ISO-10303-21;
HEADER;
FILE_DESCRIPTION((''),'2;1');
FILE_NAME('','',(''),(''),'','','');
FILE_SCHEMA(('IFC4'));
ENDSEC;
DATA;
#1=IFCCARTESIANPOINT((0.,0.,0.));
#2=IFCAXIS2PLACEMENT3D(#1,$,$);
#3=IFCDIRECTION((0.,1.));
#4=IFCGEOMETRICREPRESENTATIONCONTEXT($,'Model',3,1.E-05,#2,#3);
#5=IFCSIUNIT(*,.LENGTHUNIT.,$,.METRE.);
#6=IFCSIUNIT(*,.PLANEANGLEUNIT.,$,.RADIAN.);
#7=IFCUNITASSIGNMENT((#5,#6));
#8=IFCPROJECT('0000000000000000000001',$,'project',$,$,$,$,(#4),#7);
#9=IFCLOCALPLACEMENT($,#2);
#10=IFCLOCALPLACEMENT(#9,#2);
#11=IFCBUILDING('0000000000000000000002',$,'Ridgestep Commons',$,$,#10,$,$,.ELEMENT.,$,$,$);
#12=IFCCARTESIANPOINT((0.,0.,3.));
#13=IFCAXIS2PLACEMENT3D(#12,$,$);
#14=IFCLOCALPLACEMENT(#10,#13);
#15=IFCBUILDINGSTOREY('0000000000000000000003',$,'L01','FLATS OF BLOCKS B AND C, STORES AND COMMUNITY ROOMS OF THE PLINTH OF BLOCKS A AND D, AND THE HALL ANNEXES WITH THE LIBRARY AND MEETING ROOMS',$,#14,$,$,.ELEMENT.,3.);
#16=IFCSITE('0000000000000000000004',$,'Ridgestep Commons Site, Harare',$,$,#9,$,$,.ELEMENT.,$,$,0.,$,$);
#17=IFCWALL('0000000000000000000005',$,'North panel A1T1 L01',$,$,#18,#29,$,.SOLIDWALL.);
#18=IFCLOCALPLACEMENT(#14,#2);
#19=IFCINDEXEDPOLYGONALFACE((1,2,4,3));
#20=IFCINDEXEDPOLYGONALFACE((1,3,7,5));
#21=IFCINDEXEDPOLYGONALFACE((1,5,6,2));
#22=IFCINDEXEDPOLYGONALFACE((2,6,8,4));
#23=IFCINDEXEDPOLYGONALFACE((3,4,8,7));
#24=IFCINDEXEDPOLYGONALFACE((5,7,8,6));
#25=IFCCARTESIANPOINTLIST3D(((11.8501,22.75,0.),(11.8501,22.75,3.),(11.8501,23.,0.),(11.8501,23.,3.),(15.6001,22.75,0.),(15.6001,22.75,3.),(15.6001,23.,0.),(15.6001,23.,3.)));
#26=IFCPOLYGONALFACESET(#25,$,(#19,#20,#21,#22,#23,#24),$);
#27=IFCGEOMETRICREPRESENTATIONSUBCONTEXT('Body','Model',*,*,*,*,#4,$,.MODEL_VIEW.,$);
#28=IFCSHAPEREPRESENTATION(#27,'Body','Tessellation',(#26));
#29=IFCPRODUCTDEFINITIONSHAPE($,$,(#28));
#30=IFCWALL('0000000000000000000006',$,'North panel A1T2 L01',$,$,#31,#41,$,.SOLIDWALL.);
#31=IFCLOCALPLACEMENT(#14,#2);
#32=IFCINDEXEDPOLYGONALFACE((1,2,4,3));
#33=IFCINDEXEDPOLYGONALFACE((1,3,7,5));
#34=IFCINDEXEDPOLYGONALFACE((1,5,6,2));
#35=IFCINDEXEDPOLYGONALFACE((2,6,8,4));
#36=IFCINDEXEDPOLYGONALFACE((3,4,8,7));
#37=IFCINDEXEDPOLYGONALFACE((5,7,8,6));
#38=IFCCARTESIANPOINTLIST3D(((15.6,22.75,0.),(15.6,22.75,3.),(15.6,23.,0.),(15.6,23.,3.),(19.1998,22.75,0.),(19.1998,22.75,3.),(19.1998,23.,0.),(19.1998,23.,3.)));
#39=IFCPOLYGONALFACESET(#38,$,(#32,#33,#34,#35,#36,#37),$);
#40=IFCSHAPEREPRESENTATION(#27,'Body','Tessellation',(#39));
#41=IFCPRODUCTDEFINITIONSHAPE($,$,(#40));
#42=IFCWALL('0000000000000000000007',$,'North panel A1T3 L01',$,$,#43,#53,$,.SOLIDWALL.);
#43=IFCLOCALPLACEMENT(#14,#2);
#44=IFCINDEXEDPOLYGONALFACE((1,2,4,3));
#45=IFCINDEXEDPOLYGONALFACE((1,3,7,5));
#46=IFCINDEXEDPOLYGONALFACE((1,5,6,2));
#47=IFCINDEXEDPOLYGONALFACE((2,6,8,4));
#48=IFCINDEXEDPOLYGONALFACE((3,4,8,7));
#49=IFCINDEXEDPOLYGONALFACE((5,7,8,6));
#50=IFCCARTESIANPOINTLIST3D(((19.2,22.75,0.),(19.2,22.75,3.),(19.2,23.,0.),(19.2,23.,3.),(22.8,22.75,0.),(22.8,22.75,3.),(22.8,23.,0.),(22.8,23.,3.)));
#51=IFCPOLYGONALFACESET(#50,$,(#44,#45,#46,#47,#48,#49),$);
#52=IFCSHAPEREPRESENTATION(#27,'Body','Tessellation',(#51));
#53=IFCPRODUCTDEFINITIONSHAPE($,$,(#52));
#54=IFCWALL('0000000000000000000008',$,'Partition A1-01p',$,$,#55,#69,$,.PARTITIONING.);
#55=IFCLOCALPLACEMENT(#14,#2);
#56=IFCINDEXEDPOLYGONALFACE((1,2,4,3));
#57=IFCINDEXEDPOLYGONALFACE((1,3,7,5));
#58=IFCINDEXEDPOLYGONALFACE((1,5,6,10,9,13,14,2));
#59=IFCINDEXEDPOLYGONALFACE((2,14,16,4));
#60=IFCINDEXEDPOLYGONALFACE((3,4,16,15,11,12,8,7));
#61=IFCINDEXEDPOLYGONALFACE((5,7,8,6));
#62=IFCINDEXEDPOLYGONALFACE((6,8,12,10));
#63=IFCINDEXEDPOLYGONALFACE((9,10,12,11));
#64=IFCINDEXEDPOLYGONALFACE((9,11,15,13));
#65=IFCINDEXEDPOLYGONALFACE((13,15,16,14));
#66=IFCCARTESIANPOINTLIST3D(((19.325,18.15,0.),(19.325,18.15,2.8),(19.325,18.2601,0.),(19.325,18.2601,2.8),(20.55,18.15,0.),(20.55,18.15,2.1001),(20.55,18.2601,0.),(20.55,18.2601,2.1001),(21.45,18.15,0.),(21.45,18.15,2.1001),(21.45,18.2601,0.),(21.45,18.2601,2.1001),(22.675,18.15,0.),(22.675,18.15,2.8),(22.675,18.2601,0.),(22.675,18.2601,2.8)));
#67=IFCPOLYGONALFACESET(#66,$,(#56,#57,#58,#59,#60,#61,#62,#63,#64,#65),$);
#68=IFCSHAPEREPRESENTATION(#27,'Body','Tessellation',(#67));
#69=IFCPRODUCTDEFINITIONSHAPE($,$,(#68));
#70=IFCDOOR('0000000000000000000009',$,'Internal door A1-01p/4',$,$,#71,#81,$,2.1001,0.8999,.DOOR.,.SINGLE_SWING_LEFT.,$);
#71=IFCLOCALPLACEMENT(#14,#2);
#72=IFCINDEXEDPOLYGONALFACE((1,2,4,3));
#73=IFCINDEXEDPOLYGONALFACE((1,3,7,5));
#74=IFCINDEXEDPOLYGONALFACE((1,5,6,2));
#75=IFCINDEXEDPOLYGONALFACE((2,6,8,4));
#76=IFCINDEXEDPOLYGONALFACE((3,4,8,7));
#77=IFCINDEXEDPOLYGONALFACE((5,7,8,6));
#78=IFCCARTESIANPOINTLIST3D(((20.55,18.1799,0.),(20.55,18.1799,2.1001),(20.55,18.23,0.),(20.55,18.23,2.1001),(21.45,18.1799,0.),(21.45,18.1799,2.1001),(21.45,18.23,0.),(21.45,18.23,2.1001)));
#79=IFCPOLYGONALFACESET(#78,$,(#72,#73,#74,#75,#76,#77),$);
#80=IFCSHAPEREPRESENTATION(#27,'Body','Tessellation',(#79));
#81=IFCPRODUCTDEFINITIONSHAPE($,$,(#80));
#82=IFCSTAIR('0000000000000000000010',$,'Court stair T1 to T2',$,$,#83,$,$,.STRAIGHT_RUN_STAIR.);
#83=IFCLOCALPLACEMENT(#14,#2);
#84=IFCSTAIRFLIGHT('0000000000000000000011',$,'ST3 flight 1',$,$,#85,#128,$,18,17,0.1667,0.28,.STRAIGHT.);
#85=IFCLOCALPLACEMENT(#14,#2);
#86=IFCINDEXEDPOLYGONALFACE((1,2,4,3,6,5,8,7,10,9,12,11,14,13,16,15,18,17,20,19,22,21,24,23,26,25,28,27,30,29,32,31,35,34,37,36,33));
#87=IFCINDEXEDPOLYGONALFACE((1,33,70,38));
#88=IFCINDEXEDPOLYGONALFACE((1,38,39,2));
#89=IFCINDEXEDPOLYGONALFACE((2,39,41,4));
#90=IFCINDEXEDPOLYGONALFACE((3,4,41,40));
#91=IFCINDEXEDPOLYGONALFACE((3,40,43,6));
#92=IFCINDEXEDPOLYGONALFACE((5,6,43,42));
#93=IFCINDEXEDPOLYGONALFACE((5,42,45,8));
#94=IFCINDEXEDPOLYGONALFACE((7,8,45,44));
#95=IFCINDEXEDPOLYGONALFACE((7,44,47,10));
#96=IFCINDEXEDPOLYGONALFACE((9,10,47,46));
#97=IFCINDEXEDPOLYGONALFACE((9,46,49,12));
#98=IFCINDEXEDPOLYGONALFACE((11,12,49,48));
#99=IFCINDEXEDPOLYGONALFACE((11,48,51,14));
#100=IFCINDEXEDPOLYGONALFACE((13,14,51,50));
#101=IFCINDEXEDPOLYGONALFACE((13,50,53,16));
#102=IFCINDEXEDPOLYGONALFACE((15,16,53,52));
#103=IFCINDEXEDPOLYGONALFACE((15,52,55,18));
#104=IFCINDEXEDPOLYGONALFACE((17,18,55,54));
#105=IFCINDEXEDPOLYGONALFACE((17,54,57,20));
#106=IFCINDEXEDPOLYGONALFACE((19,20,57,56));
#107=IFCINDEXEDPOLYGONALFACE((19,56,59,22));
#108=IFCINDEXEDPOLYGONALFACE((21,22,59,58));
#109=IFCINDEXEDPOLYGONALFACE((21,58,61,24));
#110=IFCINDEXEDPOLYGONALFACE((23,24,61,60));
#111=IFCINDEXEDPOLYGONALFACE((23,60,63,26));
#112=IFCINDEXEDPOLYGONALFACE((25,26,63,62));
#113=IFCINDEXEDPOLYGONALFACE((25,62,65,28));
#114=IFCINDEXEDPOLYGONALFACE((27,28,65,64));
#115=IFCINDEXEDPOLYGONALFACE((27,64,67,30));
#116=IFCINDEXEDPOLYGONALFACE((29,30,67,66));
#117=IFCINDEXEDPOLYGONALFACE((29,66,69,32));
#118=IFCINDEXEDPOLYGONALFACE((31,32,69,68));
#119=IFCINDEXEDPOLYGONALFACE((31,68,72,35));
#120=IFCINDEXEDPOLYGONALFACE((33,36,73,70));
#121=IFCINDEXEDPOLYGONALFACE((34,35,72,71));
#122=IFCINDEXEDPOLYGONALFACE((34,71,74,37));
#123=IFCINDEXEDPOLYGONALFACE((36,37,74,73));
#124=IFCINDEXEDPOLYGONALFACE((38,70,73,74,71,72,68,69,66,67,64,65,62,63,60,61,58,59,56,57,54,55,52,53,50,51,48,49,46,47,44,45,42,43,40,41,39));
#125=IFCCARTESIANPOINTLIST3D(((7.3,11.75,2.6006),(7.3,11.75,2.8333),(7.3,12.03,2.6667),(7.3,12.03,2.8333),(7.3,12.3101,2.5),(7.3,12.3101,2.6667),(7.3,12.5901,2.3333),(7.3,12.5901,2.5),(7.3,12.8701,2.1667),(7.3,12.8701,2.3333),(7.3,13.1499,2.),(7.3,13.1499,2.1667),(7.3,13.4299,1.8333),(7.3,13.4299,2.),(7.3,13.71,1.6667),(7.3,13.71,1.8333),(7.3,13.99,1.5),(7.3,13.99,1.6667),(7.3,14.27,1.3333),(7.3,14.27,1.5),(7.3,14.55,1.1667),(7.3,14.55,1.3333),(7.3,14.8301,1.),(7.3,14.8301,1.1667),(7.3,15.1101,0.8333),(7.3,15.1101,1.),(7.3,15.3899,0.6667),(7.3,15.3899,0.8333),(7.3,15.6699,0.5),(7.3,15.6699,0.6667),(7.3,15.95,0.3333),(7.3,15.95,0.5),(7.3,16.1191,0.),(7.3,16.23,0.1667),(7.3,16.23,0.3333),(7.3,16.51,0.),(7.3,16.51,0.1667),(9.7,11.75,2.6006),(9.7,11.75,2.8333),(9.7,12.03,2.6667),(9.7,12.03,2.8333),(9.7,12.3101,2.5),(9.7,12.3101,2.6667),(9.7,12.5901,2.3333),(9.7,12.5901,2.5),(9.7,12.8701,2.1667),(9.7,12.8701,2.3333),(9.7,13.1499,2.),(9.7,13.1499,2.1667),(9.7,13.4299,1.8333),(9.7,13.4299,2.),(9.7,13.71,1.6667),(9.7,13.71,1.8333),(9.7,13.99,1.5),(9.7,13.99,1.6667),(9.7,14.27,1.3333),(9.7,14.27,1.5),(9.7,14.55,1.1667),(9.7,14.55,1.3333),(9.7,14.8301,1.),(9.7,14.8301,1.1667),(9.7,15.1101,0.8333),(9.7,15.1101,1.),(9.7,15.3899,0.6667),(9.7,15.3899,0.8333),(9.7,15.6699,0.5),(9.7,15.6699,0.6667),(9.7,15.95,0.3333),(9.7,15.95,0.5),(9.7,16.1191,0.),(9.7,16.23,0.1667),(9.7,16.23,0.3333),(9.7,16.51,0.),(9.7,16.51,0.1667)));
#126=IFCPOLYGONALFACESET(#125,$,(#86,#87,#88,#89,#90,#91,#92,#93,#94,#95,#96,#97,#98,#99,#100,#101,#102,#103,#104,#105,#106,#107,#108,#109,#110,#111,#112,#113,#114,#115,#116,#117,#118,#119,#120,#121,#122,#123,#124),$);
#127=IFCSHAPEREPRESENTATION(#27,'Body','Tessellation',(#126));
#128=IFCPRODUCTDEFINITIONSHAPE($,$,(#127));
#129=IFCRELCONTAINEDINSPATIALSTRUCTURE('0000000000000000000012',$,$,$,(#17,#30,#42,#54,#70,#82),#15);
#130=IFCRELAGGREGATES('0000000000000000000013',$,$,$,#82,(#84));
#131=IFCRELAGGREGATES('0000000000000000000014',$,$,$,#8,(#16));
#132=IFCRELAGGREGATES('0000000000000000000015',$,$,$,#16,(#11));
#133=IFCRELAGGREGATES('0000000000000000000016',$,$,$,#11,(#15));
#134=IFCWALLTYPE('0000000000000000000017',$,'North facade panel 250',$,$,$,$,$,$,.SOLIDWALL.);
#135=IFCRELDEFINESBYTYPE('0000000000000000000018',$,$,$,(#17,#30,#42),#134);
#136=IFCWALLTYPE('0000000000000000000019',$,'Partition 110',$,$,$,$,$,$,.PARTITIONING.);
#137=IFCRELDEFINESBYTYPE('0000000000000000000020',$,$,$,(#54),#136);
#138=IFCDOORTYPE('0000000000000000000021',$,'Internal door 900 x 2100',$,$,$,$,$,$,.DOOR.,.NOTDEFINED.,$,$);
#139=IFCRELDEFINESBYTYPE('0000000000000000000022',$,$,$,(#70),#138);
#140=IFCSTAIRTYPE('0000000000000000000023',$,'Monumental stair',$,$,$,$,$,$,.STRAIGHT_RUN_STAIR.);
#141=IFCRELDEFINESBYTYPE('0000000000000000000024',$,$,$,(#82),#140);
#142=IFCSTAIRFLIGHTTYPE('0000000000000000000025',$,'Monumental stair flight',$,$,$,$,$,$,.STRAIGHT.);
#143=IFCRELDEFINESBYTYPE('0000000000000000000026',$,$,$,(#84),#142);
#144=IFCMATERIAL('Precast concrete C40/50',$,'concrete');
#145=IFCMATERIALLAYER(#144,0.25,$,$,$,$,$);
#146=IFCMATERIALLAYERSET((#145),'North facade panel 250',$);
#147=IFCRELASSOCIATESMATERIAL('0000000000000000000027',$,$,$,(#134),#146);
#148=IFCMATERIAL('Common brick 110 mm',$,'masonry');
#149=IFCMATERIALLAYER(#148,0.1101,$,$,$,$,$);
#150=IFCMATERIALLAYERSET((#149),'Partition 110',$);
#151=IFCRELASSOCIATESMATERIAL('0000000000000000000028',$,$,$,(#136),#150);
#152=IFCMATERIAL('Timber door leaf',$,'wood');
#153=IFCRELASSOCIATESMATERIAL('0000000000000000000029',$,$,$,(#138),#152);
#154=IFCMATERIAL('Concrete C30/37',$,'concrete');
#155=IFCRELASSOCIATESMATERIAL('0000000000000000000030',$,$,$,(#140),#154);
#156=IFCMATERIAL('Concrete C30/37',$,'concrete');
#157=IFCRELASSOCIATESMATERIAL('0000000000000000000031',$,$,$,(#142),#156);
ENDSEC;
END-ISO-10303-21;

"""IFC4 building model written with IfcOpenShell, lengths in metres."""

from ifc_helpers import new_model, si_unit, direction, frame, frame_2d, origin, place, context, subcontext, project, spatial, polyline, rectangle, outline, extrude, material, layer, layer_set, type_object, element, fill, aggregate, save


model = new_model("IFC4")

# Units and contexts
model_context = context("Model", 3, precision=1e-05, world=origin(), true_north=direction((0.0, 1.0)))
body_context = subcontext(model_context, "Body", "Model", "MODEL_VIEW")
ifc_project = project(units=[si_unit("LENGTHUNIT", "METRE"), si_unit("PLANEANGLEUNIT", "RADIAN")], contexts=[model_context])

# Site, building, storey
site_placement = place(None, origin())
site = spatial("IfcSite", under=ifc_project, at=site_placement, Name="Ridgestep Commons Site, Harare", CompositionType="ELEMENT", RefElevation=0.0)
building_placement = place(site_placement, origin())
building = spatial("IfcBuilding", under=site, at=building_placement, Name="Ridgestep Commons", CompositionType="ELEMENT")
storey_placement = place(building_placement, frame((0.0, 0.0, 3.0)))
storey = spatial("IfcBuildingStorey", under=building, at=storey_placement, Name="L01", Description="FLATS OF BLOCKS B AND C, STORES AND COMMUNITY ROOMS OF THE PLINTH OF BLOCKS A AND D, AND THE HALL ANNEXES WITH THE LIBRARY AND MEETING ROOMS", CompositionType="ELEMENT", Elevation=3.0)

# Walls
ifc_material_1 = material(Name="Precast concrete C40/50", Category="concrete")
ifc_layer_1 = layer(ifc_material_1, 0.25)
ifc_layer_set_1 = layer_set([ifc_layer_1], Name="North facade panel 250")
wall_type_1 = type_object("IfcWallType", Name="North facade panel 250", PredefinedType="SOLIDWALL", material=ifc_layer_set_1)
wall_1_placement = place(storey_placement, frame((11.8501, 22.875, 0.0), z_axis=(0.0, 0.0, 1.0), x_axis=(1.0, 0.0, 0.0)))
element("IfcWall", 1, at=wall_1_placement, inside=storey, type_object=wall_type_1, Name="North panel A1T1 L01", PredefinedType="SOLIDWALL", context=body_context, shape_type="SweptSolid", body=[
    extrude(rectangle(XDim=3.75, YDim=0.25, at=frame_2d((1.875, 0.0))), origin(), (0.0, 0.0, 1.0), 3.0),
])
wall_2_placement = place(storey_placement, frame((15.6001, 22.875, 0.0), z_axis=(0.0, 0.0, 1.0), x_axis=(1.0, 0.0, 0.0)))
element("IfcWall", 2, at=wall_2_placement, inside=storey, type_object=wall_type_1, Name="North panel A1T2 L01", PredefinedType="SOLIDWALL", context=body_context, shape_type="SweptSolid", body=[
    extrude(rectangle(XDim=3.5999, YDim=0.25, at=frame_2d((1.7998, 0.0))), origin(), (0.0, 0.0, 1.0), 3.0),
])
wall_3_placement = place(storey_placement, frame((19.2, 22.875, 0.0), z_axis=(0.0, 0.0, 1.0), x_axis=(1.0, 0.0, 0.0)))
element("IfcWall", 3, at=wall_3_placement, inside=storey, type_object=wall_type_1, Name="North panel A1T3 L01", PredefinedType="SOLIDWALL", context=body_context, shape_type="SweptSolid", body=[
    extrude(rectangle(XDim=3.6001, YDim=0.25, at=frame_2d((1.8, 0.0))), origin(), (0.0, 0.0, 1.0), 3.0),
])

# Wall, opening, door
ifc_material_2 = material(Name="Common brick 110 mm", Category="masonry")
ifc_layer_2 = layer(ifc_material_2, 0.1101)
ifc_layer_set_2 = layer_set([ifc_layer_2], Name="Partition 110")
wall_type_2 = type_object("IfcWallType", Name="Partition 110", PredefinedType="PARTITIONING", material=ifc_layer_set_2)
wall_4_placement = place(storey_placement, frame((19.325, 18.2051, 0.0), z_axis=(0.0, 0.0, 1.0), x_axis=(1.0, 0.0, 0.0)))
wall_4 = element("IfcWall", 4, at=wall_4_placement, inside=storey, type_object=wall_type_2, Name="Partition A1-01p", PredefinedType="PARTITIONING", context=body_context, shape_type="SweptSolid", body=[
    extrude(rectangle(XDim=3.3501, YDim=0.1101, at=frame_2d((1.675, 0.0))), origin(), (0.0, 0.0, 1.0), 2.8),
])
opening_1_placement = place(wall_4_placement, frame((1.2251, 0.0, 0.0)))
opening_1 = element("IfcOpeningElement", 5, at=opening_1_placement, cuts=wall_4, PredefinedType="OPENING", context=body_context, shape_type="SweptSolid", body=[
    extrude(rectangle(XDim=0.8999, YDim=2.1001, at=frame_2d((0.45, 1.05))), frame((0.0, 0.0649, 0.0), z_axis=(0.0, -1.0, 0.0), x_axis=(1.0, 0.0, 0.0)), (0.0, 0.0, 1.0), 0.1301),
])
ifc_material_3 = material(Name="Timber door leaf", Category="wood")
door_type_1 = type_object("IfcDoorType", Name="Internal door 900 x 2100", OperationType="NOTDEFINED", PredefinedType="DOOR", material=ifc_material_3)
door_1_placement = place(opening_1_placement, origin())
door_1 = element("IfcDoor", 6, at=door_1_placement, inside=storey, type_object=door_type_1, Name="Internal door A1-01p/4", OperationType="SINGLE_SWING_LEFT", OverallHeight=2.1001, OverallWidth=0.8999, PredefinedType="DOOR", context=body_context, shape_type="SweptSolid", body=[
    extrude(rectangle(XDim=0.8999, YDim=2.1001, at=frame_2d((0.45, 1.05))), frame((0.0, 0.0249, 0.0), z_axis=(0.0, -1.0, 0.0), x_axis=(1.0, 0.0, 0.0)), (0.0, 0.0, 1.0), 0.05),
])
fill(opening_1, door_1)

# Stair, stair flight
ifc_material_4 = material(Name="Concrete C30/37", Category="concrete")
stair_type = type_object("IfcStairType", Name="Monumental stair", PredefinedType="STRAIGHT_RUN_STAIR", material=ifc_material_4)
stair_placement = place(storey_placement, origin())
stair = element("IfcStair", 7, at=stair_placement, inside=storey, type_object=stair_type, Name="Court stair T1 to T2", PredefinedType="STRAIGHT_RUN_STAIR")
ifc_material_5 = material(Name="Concrete C30/37", Category="concrete")
stair_flight_type = type_object("IfcStairFlightType", Name="Monumental stair flight", PredefinedType="STRAIGHT", material=ifc_material_5)
stair_flight_placement = place(storey_placement, frame((8.5, 16.51, 0.0), z_axis=(0.0, 0.0, 1.0), x_axis=(0.0, -1.0, 0.0)))
stair_flight = element("IfcStairFlight", 8, at=stair_flight_placement, type_object=stair_flight_type, Name="ST3 flight 1", NumberOfRisers=18, NumberOfTreads=17, PredefinedType="STRAIGHT", RiserHeight=0.1667, TreadLength=0.28, context=body_context, shape_type="SweptSolid", body=[
    extrude(outline(polyline([(0.0, 0.0), (0.0, 0.1667), (0.28, 0.1667), (0.28, 0.3333), (0.5601, 0.3333), (0.5601, 0.5), (0.8401, 0.5), (0.8401, 0.6667), (1.1201, 0.6667), (1.1201, 0.8333), (1.3999, 0.8333), (1.3999, 1.0), (1.6799, 1.0), (1.6799, 1.1667), (1.96, 1.1667), (1.96, 1.3333), (2.24, 1.3333), (2.24, 1.5), (2.52, 1.5), (2.52, 1.6667), (2.8, 1.6667), (2.8, 1.8333), (3.0801, 1.8333), (3.0801, 2.0), (3.3601, 2.0), (3.3601, 2.1667), (3.6399, 2.1667), (3.6399, 2.3333), (3.9199, 2.3333), (3.9199, 2.5), (4.2, 2.5), (4.2, 2.6667), (4.48, 2.6667), (4.48, 2.8333), (4.76, 2.8333), (4.76, 3.0), (4.76, 2.6006), (0.3909, 0.0), (0.0, 0.0)])), frame((0.0, 1.2, 0.0), z_axis=(0.0, -1.0, 0.0), x_axis=(1.0, 0.0, 0.0)), (0.0, 0.0, 1.0), 2.3999),
])
aggregate(stair, [stair_flight])

save(model, "model.ifc")
